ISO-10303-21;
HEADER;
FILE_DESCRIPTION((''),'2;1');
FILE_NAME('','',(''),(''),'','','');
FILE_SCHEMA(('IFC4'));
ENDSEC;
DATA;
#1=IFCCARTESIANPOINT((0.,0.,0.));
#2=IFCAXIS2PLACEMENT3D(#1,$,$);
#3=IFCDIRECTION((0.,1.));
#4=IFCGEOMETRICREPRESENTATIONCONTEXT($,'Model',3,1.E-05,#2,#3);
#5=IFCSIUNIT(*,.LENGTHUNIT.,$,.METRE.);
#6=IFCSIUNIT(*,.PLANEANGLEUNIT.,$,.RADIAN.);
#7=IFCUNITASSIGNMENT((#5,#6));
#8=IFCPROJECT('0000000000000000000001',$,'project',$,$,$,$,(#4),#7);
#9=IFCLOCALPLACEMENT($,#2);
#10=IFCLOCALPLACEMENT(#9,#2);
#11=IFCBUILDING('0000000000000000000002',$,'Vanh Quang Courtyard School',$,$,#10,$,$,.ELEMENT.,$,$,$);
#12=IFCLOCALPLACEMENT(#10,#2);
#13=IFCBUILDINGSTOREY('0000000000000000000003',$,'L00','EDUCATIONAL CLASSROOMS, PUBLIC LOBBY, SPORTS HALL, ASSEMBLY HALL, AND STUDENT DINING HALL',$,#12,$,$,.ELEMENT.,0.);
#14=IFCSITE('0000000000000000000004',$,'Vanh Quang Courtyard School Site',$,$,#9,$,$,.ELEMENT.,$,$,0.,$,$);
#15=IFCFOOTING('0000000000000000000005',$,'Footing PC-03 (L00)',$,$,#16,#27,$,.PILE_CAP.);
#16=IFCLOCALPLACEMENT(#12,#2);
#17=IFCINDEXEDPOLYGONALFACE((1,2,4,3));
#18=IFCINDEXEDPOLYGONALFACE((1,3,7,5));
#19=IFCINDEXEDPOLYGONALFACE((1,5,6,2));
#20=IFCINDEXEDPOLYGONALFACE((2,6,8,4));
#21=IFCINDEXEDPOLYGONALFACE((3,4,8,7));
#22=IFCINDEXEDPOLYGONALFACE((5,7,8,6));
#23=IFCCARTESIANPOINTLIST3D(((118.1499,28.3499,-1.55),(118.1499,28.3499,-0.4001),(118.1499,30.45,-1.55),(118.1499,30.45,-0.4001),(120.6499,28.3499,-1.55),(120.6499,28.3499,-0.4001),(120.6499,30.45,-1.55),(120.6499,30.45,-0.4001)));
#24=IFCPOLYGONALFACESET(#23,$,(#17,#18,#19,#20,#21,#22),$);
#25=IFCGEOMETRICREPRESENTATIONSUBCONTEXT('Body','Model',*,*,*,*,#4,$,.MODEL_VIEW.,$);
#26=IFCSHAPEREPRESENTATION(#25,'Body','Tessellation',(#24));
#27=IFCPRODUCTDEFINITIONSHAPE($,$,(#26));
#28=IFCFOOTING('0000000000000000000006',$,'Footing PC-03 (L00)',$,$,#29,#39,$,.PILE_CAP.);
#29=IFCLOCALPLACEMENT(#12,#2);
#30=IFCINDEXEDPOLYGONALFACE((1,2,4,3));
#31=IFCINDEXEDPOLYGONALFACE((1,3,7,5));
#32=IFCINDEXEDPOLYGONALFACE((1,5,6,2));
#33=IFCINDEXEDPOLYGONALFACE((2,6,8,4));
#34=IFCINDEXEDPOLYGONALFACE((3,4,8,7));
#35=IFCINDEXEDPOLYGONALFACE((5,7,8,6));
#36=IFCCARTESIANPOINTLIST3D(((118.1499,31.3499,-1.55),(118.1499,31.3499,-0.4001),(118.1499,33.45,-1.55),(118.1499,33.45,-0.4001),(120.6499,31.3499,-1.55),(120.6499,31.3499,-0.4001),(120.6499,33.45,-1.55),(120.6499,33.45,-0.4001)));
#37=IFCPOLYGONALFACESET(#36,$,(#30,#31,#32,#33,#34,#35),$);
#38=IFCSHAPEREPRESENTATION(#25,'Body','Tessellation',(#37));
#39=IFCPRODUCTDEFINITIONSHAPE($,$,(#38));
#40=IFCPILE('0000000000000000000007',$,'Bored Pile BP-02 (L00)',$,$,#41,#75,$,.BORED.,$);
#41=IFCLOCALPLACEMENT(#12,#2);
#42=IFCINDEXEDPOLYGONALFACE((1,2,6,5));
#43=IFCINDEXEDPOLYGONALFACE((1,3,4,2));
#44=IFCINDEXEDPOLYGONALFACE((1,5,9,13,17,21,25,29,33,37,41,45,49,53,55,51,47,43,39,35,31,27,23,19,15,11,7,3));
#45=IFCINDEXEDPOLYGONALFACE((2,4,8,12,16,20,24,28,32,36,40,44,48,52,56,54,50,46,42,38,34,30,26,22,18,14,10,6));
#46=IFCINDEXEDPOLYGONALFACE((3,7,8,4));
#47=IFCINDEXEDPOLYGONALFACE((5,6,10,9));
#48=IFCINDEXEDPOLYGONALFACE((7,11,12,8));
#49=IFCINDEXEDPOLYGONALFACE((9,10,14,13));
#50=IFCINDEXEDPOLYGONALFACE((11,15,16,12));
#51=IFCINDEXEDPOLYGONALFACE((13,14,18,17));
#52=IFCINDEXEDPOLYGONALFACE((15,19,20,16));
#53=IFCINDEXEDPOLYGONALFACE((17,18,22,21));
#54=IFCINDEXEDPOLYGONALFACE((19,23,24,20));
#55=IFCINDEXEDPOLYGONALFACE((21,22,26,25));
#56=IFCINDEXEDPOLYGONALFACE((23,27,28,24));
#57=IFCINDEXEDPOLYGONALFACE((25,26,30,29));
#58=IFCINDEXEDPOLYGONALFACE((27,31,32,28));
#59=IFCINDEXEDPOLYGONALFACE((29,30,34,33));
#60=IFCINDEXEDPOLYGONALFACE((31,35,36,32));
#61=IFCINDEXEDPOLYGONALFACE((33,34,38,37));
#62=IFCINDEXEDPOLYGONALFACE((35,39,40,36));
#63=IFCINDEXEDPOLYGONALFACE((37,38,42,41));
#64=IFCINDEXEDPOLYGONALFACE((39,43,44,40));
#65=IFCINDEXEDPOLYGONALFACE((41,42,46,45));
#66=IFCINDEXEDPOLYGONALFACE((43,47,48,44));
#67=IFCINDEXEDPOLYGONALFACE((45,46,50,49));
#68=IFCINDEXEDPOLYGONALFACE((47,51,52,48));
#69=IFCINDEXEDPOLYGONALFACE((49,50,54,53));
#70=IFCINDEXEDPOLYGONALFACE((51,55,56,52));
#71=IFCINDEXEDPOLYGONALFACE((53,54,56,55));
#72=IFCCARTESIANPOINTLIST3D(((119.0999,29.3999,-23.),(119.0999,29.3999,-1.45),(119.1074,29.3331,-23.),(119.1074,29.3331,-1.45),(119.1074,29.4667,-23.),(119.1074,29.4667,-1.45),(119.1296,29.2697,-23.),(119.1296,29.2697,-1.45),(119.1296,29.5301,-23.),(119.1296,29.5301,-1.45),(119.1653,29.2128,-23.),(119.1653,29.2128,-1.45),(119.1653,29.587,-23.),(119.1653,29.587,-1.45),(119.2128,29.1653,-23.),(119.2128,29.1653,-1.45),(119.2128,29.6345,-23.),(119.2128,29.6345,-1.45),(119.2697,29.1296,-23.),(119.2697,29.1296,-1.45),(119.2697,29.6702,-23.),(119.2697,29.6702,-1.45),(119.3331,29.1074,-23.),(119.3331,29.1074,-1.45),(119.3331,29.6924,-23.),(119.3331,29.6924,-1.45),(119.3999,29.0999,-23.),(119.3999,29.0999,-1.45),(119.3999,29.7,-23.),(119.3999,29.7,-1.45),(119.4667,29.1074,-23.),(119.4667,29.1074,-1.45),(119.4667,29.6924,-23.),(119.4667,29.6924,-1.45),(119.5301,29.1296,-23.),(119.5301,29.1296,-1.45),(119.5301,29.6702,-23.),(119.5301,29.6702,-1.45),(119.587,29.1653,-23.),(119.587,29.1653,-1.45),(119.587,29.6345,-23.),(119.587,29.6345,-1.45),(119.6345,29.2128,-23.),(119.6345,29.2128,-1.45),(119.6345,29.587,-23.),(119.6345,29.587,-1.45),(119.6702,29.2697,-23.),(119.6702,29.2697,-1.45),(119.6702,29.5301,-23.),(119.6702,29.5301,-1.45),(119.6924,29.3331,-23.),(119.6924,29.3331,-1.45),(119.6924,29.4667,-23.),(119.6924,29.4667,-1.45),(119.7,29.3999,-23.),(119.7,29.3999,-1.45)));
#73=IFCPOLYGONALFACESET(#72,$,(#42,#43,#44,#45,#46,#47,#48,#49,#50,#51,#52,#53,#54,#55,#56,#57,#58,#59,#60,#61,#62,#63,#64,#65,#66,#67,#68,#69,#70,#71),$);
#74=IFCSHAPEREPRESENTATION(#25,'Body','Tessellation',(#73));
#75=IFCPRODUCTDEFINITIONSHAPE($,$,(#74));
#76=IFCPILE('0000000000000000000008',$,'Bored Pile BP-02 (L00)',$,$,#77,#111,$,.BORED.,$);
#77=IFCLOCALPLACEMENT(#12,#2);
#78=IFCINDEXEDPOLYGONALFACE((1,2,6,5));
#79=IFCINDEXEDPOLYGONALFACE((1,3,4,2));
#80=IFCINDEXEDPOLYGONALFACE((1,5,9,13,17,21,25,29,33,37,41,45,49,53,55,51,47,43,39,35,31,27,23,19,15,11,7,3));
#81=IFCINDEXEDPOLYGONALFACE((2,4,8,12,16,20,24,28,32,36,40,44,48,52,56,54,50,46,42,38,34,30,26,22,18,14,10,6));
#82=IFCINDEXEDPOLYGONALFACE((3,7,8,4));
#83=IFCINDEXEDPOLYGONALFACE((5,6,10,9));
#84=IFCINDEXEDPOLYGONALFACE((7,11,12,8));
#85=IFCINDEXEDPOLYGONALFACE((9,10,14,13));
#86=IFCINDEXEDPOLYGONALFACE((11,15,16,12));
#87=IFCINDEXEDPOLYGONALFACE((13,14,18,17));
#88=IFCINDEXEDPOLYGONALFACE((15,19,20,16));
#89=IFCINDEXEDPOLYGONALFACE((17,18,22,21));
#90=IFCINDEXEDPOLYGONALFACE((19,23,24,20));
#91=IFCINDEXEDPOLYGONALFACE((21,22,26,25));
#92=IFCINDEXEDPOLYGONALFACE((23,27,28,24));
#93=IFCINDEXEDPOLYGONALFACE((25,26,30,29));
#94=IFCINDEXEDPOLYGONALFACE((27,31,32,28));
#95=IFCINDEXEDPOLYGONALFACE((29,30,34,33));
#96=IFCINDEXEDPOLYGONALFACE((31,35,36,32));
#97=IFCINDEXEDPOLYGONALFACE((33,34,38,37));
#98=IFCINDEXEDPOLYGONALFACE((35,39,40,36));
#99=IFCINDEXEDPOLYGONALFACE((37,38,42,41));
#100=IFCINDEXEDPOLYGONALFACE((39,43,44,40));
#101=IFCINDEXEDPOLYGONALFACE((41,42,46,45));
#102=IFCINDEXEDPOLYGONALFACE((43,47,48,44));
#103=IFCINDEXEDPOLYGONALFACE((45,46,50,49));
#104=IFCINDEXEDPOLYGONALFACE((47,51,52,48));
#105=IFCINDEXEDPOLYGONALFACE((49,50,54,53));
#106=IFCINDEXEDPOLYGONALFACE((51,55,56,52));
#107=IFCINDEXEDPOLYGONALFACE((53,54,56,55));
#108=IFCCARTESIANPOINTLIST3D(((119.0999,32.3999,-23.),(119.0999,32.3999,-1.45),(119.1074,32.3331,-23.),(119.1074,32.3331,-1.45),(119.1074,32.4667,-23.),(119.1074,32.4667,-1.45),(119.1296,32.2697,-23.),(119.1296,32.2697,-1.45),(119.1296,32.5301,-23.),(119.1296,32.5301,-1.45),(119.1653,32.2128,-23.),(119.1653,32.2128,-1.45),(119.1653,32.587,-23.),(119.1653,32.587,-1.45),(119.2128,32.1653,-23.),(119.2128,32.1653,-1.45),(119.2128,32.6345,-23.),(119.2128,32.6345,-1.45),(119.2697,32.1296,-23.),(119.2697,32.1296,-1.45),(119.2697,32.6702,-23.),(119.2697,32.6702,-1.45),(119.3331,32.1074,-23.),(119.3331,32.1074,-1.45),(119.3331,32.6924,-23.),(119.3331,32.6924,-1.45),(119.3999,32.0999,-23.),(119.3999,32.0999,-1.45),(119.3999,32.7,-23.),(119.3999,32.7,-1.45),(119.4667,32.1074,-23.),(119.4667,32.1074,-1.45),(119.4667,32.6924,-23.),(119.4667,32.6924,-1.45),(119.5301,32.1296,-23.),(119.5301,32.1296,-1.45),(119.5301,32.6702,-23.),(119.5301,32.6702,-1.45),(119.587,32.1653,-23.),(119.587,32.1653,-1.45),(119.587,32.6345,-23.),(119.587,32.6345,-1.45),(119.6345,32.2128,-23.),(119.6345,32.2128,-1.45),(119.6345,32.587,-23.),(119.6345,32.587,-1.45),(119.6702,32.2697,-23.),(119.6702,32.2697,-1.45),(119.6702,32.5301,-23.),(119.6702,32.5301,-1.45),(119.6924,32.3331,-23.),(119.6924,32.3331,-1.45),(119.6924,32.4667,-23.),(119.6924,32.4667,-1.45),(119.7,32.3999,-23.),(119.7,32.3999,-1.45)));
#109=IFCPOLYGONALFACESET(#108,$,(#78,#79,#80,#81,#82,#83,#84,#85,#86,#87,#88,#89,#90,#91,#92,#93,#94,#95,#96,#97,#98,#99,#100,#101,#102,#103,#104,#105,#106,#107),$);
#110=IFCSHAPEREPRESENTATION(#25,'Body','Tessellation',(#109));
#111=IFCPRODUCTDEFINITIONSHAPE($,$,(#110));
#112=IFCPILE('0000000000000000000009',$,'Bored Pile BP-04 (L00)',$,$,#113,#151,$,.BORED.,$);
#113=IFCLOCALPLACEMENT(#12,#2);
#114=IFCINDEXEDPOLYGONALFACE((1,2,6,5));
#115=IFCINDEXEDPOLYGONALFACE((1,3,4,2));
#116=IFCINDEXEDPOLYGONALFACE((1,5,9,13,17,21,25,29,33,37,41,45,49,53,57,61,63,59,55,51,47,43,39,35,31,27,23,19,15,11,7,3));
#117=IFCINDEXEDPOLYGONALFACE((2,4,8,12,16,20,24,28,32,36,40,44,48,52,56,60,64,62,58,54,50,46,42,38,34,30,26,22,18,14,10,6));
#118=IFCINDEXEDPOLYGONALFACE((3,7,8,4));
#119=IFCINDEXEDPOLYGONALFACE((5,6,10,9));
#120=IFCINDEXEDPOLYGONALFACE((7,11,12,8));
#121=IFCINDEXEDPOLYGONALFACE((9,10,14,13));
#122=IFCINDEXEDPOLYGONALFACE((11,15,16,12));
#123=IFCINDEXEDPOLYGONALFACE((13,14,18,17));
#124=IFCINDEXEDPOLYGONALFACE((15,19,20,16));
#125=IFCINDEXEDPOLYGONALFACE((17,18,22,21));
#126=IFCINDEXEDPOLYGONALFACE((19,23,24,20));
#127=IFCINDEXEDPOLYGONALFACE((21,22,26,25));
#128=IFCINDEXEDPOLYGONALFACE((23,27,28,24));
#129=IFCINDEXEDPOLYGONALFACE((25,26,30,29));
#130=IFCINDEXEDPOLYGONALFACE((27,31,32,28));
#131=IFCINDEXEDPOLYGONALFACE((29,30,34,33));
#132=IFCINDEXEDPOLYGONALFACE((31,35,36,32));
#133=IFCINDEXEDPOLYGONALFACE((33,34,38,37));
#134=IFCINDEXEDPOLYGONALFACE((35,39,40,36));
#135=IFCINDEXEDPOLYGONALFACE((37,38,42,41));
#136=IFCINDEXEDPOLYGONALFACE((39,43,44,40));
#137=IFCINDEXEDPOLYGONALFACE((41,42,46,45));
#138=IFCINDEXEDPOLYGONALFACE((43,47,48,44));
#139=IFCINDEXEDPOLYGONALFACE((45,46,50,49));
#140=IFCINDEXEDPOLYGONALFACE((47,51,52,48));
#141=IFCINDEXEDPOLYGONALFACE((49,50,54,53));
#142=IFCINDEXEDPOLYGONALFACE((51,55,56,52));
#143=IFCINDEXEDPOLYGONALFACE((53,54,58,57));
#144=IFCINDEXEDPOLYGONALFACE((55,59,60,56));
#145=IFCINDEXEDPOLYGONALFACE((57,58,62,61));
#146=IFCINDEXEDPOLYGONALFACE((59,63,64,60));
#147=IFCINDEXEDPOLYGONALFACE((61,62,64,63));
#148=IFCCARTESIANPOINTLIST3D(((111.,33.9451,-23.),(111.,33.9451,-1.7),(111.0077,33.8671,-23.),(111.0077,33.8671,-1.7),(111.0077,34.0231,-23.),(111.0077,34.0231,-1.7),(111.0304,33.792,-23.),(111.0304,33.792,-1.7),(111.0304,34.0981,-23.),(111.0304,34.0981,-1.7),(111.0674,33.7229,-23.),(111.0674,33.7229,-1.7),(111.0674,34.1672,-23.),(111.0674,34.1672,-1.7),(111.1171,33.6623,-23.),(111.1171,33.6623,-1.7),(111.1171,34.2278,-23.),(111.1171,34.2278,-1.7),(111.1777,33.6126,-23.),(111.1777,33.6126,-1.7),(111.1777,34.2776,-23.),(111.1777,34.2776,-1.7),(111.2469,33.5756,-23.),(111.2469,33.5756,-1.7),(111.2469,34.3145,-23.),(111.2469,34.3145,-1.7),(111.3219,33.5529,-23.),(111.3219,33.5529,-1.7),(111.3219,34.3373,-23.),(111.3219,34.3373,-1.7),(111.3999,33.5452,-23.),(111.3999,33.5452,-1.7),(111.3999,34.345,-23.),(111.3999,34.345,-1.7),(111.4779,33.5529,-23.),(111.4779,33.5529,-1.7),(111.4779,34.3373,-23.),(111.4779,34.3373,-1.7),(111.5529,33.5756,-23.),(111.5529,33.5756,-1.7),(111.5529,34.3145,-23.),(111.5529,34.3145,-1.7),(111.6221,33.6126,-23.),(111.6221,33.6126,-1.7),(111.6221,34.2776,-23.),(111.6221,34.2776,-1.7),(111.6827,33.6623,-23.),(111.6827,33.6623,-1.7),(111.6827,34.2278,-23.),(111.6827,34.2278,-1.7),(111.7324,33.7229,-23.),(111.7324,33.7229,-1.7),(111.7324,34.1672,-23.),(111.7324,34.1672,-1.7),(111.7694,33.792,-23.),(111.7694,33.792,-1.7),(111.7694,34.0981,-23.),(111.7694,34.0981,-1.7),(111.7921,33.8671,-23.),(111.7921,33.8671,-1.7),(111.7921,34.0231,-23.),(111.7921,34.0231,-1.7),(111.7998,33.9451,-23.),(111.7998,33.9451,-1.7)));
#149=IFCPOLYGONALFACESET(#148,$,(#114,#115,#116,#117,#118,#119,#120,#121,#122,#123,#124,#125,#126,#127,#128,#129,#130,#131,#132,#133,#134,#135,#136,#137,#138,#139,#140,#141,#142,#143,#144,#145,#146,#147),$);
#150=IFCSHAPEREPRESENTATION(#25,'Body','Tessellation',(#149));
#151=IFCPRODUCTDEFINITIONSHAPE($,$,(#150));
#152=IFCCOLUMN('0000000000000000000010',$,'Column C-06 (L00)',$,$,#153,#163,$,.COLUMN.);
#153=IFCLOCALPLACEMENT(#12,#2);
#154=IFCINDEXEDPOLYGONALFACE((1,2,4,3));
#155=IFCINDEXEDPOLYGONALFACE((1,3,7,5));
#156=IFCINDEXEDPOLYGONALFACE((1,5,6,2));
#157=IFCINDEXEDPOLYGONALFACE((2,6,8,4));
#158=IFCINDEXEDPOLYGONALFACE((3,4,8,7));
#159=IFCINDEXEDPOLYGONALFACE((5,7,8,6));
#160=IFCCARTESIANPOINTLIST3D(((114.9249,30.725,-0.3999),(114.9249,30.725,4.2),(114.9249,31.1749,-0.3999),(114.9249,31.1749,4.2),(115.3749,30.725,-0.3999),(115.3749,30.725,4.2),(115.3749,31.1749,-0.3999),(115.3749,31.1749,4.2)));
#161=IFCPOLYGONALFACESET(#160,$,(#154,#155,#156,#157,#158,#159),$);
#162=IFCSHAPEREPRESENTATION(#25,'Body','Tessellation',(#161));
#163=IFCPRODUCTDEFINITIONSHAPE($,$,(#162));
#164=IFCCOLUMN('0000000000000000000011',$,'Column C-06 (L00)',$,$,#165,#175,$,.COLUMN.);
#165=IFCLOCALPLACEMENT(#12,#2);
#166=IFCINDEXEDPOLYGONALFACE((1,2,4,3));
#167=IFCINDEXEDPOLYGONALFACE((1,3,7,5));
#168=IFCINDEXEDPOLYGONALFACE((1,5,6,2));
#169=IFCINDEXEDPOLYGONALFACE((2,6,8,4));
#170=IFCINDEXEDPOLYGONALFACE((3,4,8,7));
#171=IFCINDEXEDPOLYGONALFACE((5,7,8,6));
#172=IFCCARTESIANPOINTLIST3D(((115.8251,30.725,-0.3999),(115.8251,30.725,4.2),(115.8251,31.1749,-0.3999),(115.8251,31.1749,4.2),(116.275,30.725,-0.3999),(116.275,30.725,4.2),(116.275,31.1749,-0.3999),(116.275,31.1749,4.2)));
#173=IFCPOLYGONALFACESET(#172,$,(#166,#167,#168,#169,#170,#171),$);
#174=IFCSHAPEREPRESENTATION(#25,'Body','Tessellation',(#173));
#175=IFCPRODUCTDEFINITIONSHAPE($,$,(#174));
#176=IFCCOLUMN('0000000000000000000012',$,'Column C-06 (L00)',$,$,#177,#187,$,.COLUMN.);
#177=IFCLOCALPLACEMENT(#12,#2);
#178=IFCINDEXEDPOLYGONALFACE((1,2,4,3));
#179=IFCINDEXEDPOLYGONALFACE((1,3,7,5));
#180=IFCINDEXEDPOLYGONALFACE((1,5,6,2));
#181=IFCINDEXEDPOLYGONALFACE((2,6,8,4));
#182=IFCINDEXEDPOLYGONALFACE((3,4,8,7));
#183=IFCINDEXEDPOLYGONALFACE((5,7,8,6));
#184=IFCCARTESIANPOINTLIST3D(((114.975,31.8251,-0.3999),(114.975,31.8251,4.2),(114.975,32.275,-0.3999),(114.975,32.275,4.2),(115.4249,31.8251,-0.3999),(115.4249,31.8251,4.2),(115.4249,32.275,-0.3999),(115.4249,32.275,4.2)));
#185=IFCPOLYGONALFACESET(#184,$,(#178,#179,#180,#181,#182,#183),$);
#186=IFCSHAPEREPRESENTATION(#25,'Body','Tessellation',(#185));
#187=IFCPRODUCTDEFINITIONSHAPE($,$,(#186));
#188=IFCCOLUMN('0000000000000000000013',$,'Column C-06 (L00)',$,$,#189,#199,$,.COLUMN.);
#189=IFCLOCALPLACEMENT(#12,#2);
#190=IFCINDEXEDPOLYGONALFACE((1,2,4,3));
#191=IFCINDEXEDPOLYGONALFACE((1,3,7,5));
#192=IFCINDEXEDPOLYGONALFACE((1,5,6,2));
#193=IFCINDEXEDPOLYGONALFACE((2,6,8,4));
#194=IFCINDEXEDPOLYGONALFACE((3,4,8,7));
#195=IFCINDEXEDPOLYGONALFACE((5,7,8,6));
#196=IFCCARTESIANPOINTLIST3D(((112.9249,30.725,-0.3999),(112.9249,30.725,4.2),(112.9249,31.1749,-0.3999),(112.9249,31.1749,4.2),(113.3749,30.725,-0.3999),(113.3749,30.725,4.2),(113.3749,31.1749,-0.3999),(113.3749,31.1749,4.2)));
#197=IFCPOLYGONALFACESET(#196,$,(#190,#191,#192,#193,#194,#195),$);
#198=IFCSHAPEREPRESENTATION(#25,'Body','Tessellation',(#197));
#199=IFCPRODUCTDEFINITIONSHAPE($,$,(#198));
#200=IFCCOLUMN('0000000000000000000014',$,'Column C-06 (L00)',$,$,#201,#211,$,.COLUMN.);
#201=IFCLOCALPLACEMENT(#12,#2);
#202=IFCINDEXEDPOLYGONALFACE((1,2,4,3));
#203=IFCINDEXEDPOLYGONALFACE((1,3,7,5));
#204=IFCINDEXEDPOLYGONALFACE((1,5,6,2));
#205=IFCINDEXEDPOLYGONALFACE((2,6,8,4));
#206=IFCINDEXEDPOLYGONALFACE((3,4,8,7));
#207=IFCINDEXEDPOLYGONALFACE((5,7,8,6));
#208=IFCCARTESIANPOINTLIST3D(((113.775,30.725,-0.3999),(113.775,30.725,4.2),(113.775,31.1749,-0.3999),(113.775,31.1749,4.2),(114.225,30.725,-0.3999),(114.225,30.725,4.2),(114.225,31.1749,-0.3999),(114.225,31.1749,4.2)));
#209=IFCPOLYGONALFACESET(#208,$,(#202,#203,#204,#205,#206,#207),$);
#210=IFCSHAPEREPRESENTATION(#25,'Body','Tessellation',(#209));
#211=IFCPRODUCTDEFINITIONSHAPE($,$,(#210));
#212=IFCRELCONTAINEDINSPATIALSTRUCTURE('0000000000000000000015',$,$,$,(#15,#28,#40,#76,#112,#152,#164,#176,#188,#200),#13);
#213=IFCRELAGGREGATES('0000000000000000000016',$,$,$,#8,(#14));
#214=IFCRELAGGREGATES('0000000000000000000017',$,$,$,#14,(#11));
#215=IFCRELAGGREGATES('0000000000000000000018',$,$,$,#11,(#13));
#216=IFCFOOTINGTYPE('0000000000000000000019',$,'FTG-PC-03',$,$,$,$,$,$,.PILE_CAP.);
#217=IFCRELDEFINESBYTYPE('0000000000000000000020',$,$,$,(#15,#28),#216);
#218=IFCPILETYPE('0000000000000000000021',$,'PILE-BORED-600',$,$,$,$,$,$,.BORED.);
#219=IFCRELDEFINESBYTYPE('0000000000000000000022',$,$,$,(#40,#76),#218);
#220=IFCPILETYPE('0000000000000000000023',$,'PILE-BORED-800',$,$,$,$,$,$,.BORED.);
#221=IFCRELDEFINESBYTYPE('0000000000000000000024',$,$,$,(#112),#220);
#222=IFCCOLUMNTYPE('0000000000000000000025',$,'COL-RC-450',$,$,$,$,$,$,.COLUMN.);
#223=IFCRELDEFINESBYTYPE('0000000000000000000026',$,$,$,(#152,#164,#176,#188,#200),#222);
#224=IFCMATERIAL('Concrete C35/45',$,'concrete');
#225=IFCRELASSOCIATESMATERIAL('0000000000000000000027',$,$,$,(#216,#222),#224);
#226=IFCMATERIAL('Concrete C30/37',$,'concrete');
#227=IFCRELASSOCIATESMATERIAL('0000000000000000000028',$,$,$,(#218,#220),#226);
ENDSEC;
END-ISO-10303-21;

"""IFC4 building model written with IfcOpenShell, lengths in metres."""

from ifc_helpers import new_model, si_unit, direction, frame, origin, origin_2d, place, context, subcontext, project, spatial, rectangle, circle, extrude, material, material_profile, profile_set, type_object, element, save


model = new_model("IFC4")

# Units and contexts
model_context = context("Model", 3, precision=1e-05, world=origin(), true_north=direction((0.0, 1.0)))
body_context = subcontext(model_context, "Body", "Model", "MODEL_VIEW")
ifc_project = project(units=[si_unit("LENGTHUNIT", "METRE"), si_unit("PLANEANGLEUNIT", "RADIAN")], contexts=[model_context])

# Site, building, storey
site_placement = place(None, origin())
site = spatial("IfcSite", under=ifc_project, at=site_placement, Name="Vanh Quang Courtyard School Site", CompositionType="ELEMENT", RefElevation=0.0)
building_placement = place(site_placement, origin())
building = spatial("IfcBuilding", under=site, at=building_placement, Name="Vanh Quang Courtyard School", CompositionType="ELEMENT")
storey_placement = place(building_placement, origin())
storey = spatial("IfcBuildingStorey", under=building, at=storey_placement, Name="L00", Description="EDUCATIONAL CLASSROOMS, PUBLIC LOBBY, SPORTS HALL, ASSEMBLY HALL, AND STUDENT DINING HALL", CompositionType="ELEMENT", Elevation=0.0)

# Footings
ifc_material_1 = material(Name="Concrete C35/45", Category="concrete")
footing_type = type_object("IfcFootingType", Name="FTG-PC-03", PredefinedType="PILE_CAP", material=ifc_material_1)
for number, where, z_axis, x_axis, name in (
    (1, (119.3999, 29.3999, -1.55), (0.0, 0.0, 1.0), (1.0, 0.0, 0.0), "Footing PC-03 (L00)"),
    (2, (119.3999, 32.3999, -1.55), (0.0, 0.0, 1.0), (1.0, 0.0, 0.0), "Footing PC-03 (L00)"),
):
    element("IfcFooting", number, at=place(storey_placement, frame(where, z_axis=z_axis, x_axis=x_axis)), inside=storey, type_object=footing_type, Name=name, PredefinedType="PILE_CAP", context=body_context, shape_type="SweptSolid", body=[
        extrude(rectangle(XDim=2.5, YDim=2.1001, at=origin_2d()), origin(), (0.0, 0.0, 1.0), 1.1499),
    ])

# Piles
ifc_material_2 = material(Name="Concrete C30/37", Category="concrete")
ifc_material_profile_1 = material_profile(ifc_material_2, circle(Radius=0.3, at=origin_2d()), Name="PILE D600")
ifc_profile_set_1 = profile_set([ifc_material_profile_1], Name="Concrete C30/37")
pile_type_1 = type_object("IfcPileType", Name="PILE-BORED-600", PredefinedType="BORED", material=ifc_profile_set_1)
for number, where, z_axis, x_axis, name in (
    (3, (119.3999, 29.3999, -1.45), (0.0, 0.0, -1.0), (1.0, 0.0, 0.0), "Bored Pile BP-02 (L00)"),
    (4, (119.3999, 32.3999, -1.45), (0.0, 0.0, -1.0), (1.0, 0.0, 0.0), "Bored Pile BP-02 (L00)"),
):
    element("IfcPile", number, at=place(storey_placement, frame(where, z_axis=z_axis, x_axis=x_axis)), inside=storey, type_object=pile_type_1, Name=name, PredefinedType="BORED", context=body_context, shape_type="SweptSolid", body=[
        extrude(circle(Radius=0.3, at=origin_2d()), origin(), (0.0, 0.0, 1.0), 21.55),
    ])
ifc_material_profile_2 = material_profile(ifc_material_2, circle(Radius=0.3999, at=origin_2d()), Name="PILE D800")
ifc_profile_set_2 = profile_set([ifc_material_profile_2], Name="Concrete C30/37")
pile_type_2 = type_object("IfcPileType", Name="PILE-BORED-800", PredefinedType="BORED", material=ifc_profile_set_2)
pile_placement = place(storey_placement, frame((111.3999, 33.9451, -1.7), z_axis=(0.0, 0.0, -1.0), x_axis=(1.0, 0.0, 0.0)))
element("IfcPile", 5, at=pile_placement, inside=storey, type_object=pile_type_2, Name="Bored Pile BP-04 (L00)", PredefinedType="BORED", context=body_context, shape_type="SweptSolid", body=[
    extrude(circle(Radius=0.3999, at=origin_2d()), origin(), (0.0, 0.0, 1.0), 21.3),
])

# Columns
ifc_material_profile_3 = material_profile(ifc_material_1, rectangle(XDim=0.45, YDim=0.45, at=origin_2d()), Name="RC-COL 450x450")
ifc_profile_set_3 = profile_set([ifc_material_profile_3], Name="Concrete C35/45")
column_type_1 = type_object("IfcColumnType", Name="COL-RC-450", PredefinedType="COLUMN", material=ifc_profile_set_3)
for number, where, z_axis, x_axis, name in (
    (6, (115.1499, 30.95, -0.3999), (0.0, 0.0, 1.0), (1.0, 0.0, 0.0), "Column C-06 (L00)"),
    (7, (116.05, 30.95, -0.3999), (0.0, 0.0, 1.0), (1.0, 0.0, 0.0), "Column C-06 (L00)"),
    (8, (115.2, 32.05, -0.3999), (0.0, 0.0, 1.0), (1.0, 0.0, 0.0), "Column C-06 (L00)"),
    (9, (113.1499, 30.95, -0.3999), (0.0, 0.0, 1.0), (1.0, 0.0, 0.0), "Column C-06 (L00)"),
    (10, (114.0, 30.95, -0.3999), (0.0, 0.0, 1.0), (1.0, 0.0, 0.0), "Column C-06 (L00)"),
):
    element("IfcColumn", number, at=place(storey_placement, frame(where, z_axis=z_axis, x_axis=x_axis)), inside=storey, type_object=column_type_1, Name=name, PredefinedType="COLUMN", context=body_context, shape_type="SweptSolid", body=[
        extrude(rectangle(XDim=0.45, YDim=0.45, at=origin_2d()), origin(), (0.0, 0.0, 1.0), 4.5999),
    ])

save(model, "model.ifc")
